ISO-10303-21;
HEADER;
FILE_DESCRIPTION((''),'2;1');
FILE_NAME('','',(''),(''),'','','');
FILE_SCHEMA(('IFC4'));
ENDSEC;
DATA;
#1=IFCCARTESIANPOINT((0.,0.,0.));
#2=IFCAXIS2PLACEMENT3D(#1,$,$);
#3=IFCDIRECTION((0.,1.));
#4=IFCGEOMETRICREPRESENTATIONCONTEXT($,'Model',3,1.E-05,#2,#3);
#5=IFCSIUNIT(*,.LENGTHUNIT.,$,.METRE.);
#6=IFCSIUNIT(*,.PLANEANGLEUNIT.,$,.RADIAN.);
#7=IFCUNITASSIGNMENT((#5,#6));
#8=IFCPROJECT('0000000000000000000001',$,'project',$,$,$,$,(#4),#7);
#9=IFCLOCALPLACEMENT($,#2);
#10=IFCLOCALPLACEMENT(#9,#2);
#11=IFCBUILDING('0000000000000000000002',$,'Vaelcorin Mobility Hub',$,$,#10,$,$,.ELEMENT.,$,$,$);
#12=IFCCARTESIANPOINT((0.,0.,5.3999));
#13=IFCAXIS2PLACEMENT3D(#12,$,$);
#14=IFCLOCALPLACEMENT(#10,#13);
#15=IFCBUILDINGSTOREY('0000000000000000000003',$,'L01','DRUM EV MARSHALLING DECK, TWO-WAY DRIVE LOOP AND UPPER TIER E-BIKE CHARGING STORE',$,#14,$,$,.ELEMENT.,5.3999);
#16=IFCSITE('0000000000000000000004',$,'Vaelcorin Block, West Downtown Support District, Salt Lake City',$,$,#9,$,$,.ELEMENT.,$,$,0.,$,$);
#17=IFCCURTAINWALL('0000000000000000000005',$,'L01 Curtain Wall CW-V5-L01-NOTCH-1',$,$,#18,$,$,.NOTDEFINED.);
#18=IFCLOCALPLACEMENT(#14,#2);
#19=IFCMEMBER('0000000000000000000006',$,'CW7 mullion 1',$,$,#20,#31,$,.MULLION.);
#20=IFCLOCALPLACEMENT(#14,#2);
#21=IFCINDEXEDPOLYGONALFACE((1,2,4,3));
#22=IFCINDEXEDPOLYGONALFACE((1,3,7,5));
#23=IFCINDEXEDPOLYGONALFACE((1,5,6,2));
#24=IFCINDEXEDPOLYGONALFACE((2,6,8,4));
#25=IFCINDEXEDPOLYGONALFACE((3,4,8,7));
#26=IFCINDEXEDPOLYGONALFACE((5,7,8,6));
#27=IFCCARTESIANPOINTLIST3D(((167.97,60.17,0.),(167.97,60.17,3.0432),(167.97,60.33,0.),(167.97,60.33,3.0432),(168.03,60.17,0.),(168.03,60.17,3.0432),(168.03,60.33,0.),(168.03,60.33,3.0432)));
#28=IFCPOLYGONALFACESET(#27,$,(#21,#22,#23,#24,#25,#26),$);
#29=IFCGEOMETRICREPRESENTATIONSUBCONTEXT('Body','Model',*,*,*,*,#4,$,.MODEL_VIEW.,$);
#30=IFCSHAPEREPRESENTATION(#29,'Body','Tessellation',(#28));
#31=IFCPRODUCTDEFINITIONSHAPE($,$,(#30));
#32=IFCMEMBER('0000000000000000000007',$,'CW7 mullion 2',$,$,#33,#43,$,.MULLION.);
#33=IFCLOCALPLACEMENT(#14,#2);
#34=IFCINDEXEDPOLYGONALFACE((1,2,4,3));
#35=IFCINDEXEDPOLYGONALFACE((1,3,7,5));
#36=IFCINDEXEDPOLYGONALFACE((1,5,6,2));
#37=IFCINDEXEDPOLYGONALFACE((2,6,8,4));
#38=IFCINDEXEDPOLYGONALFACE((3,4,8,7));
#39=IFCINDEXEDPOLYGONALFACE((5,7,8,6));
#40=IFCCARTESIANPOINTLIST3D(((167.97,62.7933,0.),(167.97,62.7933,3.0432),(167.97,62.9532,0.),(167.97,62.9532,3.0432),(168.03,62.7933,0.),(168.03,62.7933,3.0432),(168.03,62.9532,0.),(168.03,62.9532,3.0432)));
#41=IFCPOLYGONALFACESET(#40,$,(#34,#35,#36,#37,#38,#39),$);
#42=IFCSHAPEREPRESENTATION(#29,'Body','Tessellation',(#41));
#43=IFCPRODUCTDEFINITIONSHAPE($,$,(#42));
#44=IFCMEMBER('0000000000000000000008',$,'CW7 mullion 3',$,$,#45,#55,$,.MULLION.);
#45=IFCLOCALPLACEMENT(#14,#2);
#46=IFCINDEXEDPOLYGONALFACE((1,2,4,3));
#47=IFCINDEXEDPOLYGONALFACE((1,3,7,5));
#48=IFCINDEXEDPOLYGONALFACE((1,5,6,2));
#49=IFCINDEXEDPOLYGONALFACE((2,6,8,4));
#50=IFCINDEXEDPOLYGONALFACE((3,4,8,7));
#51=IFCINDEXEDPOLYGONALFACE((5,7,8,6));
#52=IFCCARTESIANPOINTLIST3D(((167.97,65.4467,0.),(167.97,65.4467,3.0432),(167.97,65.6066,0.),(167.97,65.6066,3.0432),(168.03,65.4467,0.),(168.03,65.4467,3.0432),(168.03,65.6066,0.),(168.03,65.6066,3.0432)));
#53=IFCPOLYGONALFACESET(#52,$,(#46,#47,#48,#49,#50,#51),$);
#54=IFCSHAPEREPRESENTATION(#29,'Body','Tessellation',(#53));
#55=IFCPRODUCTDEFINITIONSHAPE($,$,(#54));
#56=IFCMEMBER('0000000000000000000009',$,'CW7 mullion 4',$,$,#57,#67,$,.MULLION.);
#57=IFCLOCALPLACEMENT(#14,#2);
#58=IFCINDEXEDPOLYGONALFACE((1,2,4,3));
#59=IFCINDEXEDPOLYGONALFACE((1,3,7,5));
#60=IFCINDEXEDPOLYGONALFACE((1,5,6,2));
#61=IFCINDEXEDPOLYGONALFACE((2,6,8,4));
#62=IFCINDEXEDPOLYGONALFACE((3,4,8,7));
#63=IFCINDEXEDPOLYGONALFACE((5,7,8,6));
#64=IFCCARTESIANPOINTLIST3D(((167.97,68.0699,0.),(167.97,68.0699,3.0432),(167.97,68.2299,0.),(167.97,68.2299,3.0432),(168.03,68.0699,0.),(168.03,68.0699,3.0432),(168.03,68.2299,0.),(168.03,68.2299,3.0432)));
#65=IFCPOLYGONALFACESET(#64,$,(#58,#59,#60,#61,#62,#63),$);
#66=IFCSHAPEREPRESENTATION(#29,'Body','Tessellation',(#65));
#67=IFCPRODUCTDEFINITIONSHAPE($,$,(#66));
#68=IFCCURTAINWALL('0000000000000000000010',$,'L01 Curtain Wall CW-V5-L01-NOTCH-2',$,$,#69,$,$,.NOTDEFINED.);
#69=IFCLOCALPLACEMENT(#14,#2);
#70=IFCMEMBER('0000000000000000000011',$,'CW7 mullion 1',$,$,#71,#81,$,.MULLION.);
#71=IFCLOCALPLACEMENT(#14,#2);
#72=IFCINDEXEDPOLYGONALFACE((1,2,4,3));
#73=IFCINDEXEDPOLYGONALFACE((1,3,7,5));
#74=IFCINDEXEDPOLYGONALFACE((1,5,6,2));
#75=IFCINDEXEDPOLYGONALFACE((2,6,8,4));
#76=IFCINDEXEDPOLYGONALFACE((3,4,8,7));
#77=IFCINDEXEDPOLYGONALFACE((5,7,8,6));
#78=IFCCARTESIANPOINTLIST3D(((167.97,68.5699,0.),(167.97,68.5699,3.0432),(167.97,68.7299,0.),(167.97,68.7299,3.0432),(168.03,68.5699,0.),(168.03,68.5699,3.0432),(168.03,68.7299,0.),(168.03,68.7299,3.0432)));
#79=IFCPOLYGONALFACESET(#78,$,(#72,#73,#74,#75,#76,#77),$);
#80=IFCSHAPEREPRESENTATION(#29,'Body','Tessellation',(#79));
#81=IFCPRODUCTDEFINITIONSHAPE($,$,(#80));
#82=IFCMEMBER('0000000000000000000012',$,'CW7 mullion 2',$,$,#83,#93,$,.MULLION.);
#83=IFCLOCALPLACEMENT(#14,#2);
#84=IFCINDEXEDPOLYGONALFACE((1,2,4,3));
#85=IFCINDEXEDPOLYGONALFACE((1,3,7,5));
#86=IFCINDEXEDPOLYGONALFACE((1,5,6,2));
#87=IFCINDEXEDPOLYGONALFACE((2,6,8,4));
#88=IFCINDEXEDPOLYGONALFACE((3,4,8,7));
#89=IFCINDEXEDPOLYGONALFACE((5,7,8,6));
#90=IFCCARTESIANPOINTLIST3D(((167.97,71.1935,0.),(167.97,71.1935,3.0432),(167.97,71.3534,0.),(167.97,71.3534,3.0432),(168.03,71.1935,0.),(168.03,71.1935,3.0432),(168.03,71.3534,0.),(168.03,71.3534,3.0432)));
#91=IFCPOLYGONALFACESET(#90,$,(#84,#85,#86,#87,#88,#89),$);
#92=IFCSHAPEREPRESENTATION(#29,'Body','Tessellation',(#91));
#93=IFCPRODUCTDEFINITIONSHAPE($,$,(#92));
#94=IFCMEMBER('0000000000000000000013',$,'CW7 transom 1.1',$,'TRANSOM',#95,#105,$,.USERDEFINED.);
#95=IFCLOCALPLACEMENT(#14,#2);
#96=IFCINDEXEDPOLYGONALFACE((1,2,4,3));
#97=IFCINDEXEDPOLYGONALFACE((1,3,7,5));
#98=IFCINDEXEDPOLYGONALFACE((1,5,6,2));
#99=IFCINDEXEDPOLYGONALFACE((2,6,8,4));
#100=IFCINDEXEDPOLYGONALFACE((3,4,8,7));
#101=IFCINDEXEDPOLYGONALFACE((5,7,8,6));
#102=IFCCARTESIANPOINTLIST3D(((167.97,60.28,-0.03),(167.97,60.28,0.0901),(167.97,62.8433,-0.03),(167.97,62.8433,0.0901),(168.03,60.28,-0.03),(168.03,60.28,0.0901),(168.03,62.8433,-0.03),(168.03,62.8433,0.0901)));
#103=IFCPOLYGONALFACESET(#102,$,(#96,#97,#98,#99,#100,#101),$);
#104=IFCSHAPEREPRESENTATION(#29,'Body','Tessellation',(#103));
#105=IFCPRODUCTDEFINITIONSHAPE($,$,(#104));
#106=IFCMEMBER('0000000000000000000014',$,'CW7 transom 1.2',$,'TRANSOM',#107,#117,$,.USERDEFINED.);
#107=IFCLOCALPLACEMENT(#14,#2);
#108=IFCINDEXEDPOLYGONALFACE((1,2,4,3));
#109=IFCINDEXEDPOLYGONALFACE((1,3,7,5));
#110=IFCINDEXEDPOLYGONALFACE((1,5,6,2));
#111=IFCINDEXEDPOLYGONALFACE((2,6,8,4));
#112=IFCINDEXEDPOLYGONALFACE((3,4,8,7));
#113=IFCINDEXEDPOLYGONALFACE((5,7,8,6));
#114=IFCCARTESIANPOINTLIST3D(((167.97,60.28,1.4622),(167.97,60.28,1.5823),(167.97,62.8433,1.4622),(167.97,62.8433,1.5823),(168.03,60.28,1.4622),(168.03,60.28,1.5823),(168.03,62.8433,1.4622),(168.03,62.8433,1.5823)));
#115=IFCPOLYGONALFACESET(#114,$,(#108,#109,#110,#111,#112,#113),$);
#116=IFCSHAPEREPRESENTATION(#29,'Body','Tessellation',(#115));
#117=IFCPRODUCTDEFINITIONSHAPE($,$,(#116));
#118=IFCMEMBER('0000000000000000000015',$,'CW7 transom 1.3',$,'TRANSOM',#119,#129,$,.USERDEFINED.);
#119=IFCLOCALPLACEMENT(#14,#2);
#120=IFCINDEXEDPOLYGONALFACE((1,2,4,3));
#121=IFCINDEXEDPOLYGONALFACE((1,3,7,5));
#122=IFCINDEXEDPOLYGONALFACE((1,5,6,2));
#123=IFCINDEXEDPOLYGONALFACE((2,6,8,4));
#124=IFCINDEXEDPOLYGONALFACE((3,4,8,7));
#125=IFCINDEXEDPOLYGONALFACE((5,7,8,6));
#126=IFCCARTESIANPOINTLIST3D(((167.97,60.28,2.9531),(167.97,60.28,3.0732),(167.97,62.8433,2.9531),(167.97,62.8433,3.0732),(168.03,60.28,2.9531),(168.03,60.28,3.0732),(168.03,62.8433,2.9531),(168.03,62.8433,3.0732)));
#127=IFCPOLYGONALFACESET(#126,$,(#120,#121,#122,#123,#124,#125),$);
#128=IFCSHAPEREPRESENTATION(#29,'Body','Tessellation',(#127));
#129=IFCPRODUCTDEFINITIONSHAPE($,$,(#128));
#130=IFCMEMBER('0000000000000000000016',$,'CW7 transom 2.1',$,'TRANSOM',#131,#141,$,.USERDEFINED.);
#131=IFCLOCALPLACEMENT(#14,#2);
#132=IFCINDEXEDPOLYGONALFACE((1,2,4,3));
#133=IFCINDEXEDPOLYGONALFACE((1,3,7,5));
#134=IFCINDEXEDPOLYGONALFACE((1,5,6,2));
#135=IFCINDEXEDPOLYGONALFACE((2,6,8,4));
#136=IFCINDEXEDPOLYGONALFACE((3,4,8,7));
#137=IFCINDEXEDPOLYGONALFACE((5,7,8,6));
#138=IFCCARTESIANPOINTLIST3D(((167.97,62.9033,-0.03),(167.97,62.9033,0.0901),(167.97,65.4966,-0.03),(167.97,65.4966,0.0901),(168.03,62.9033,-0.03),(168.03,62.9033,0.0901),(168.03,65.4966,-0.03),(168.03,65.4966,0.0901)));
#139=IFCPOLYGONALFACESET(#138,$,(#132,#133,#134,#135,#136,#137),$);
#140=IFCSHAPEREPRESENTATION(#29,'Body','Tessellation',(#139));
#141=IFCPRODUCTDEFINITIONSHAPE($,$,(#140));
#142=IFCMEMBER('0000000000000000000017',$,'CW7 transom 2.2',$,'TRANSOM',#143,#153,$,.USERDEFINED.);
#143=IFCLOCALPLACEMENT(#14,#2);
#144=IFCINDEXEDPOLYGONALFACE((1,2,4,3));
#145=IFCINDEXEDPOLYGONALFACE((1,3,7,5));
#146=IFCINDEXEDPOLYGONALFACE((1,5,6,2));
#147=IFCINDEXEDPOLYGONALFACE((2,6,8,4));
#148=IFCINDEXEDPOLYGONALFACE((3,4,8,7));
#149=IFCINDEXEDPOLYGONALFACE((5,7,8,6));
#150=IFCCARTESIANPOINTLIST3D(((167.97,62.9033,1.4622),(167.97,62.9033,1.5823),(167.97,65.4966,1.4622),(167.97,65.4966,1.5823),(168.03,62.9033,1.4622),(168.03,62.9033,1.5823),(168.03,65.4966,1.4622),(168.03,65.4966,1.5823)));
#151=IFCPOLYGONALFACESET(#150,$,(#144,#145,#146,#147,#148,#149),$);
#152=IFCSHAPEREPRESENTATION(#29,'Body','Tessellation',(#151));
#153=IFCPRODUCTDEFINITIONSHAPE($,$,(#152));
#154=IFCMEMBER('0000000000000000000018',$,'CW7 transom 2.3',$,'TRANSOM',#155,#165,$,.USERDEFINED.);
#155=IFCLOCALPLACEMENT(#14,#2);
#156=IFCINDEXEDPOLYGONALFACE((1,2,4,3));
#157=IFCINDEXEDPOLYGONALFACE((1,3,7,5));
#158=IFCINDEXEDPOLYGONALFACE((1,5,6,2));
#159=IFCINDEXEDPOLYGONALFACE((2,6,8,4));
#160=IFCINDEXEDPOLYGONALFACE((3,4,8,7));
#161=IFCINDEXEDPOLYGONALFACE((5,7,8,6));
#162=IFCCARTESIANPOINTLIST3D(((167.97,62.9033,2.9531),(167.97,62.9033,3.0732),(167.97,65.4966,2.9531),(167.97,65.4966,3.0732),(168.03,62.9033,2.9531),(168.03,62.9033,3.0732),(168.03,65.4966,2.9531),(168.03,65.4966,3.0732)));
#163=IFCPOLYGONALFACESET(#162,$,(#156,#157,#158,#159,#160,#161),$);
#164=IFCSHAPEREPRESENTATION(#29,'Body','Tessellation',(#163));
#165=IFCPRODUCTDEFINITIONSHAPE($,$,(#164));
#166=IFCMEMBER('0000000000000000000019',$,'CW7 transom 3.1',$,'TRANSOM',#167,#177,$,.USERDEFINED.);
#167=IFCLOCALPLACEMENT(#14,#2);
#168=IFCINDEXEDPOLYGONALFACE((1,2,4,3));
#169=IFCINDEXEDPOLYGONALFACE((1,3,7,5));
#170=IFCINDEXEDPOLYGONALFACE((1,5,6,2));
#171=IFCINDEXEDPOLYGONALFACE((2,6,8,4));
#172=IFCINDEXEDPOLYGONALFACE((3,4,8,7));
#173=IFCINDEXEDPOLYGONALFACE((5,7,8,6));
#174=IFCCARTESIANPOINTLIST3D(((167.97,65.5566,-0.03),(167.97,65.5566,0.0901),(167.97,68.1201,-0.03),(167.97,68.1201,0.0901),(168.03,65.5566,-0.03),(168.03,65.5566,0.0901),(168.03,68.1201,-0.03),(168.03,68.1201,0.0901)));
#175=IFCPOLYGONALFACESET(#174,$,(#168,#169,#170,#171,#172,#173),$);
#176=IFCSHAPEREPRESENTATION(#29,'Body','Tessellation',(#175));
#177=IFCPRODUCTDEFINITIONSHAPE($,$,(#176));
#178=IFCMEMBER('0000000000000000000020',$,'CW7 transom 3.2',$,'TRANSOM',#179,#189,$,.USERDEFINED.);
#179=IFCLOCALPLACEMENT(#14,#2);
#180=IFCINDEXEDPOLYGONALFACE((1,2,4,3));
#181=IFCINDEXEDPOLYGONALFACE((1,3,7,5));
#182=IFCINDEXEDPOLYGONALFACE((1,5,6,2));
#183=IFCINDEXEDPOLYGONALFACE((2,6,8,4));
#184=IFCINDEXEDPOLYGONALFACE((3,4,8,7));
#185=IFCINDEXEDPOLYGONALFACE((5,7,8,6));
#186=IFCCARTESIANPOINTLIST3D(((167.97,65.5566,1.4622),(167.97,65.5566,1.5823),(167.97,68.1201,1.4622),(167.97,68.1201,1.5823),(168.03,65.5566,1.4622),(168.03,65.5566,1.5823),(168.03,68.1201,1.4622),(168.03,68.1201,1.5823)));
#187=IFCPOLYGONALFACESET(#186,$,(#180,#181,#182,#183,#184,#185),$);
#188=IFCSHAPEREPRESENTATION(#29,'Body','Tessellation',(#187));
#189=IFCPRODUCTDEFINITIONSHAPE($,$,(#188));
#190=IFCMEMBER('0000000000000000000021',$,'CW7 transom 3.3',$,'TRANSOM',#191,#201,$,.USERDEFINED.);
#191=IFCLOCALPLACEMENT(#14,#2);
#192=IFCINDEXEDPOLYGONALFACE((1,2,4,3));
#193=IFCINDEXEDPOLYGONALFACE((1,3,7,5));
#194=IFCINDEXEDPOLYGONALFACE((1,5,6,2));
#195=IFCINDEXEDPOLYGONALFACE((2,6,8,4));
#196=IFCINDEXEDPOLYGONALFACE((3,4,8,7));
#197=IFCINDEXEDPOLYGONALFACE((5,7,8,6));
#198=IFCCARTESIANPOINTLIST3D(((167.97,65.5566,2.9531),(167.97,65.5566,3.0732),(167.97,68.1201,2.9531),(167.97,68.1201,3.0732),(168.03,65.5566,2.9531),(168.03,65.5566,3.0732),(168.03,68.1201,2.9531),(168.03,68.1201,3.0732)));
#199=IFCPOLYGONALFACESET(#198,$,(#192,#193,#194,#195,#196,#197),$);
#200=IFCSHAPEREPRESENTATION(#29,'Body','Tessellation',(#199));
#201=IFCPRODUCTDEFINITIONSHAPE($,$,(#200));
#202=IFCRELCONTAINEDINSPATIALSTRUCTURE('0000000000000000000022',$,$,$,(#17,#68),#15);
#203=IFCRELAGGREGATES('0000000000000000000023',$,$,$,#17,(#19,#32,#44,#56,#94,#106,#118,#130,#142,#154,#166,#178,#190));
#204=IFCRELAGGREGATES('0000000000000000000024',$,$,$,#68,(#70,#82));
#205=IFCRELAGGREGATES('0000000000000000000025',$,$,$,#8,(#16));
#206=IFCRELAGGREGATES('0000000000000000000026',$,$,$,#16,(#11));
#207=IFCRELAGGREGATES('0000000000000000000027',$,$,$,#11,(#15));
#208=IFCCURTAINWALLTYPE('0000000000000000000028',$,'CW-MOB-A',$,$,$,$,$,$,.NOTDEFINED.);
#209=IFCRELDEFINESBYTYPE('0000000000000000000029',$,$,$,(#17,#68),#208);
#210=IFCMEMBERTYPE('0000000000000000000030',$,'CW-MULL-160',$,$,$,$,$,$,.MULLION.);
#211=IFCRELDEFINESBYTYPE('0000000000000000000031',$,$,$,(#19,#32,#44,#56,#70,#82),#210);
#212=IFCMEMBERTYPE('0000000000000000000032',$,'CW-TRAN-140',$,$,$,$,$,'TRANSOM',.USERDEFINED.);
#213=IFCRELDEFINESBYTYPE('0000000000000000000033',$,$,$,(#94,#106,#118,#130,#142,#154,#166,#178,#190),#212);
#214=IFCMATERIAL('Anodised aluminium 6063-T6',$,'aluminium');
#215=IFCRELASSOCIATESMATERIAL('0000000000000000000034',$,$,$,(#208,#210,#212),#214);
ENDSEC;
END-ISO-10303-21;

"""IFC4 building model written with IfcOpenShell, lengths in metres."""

from ifc_helpers import new_model, si_unit, direction, frame, origin, origin_2d, place, context, subcontext, project, spatial, rectangle, extrude, material, material_profile, profile_set, type_object, element, aggregate, save


model = new_model("IFC4")

# Units and contexts
model_context = context("Model", 3, precision=1e-05, world=origin(), true_north=direction((0.0, 1.0)))
body_context = subcontext(model_context, "Body", "Model", "MODEL_VIEW")
ifc_project = project(units=[si_unit("LENGTHUNIT", "METRE"), si_unit("PLANEANGLEUNIT", "RADIAN")], contexts=[model_context])

# Site, building, storey
site_placement = place(None, origin())
site = spatial("IfcSite", under=ifc_project, at=site_placement, Name="Vaelcorin Block, West Downtown Support District, Salt Lake City", CompositionType="ELEMENT", RefElevation=0.0)
building_placement = place(site_placement, origin())
building = spatial("IfcBuilding", under=site, at=building_placement, Name="Vaelcorin Mobility Hub", CompositionType="ELEMENT")
storey_placement = place(building_placement, frame((0.0, 0.0, 5.3999)))
storey = spatial("IfcBuildingStorey", under=building, at=storey_placement, Name="L01", Description="DRUM EV MARSHALLING DECK, TWO-WAY DRIVE LOOP AND UPPER TIER E-BIKE CHARGING STORE", CompositionType="ELEMENT", Elevation=5.3999)

# Curtain walls, members
ifc_material_1 = material(Name="Anodised aluminium 6063-T6", Category="aluminium")
curtain_wall_type = type_object("IfcCurtainWallType", Name="CW-MOB-A", PredefinedType="NOTDEFINED", material=ifc_material_1)
curtain_wall_1_placement = place(storey_placement, origin())
curtain_wall_1 = element("IfcCurtainWall", 1, at=curtain_wall_1_placement, inside=storey, type_object=curtain_wall_type, Name="L01 Curtain Wall CW-V5-L01-NOTCH-1", PredefinedType="NOTDEFINED")
ifc_material_profile_1 = material_profile(ifc_material_1, rectangle(XDim=0.0601, YDim=0.1599, at=origin_2d()), Name="ALU-M60X160")
ifc_profile_set_1 = profile_set([ifc_material_profile_1], Name="Anodised aluminium 6063-T6")
member_type_1 = type_object("IfcMemberType", Name="CW-MULL-160", PredefinedType="MULLION", material=ifc_profile_set_1)
member_1_placement = place(storey_placement, frame((168.0, 60.25, 0.0), z_axis=(0.0, 0.0, 1.0), x_axis=(-1.0, 0.0, 0.0)))
member_1 = element("IfcMember", 2, at=member_1_placement, type_object=member_type_1, Name="CW7 mullion 1", PredefinedType="MULLION", context=body_context, shape_type="SweptSolid", body=[
    extrude(rectangle(XDim=0.0601, YDim=0.1599, at=origin_2d()), origin(), (0.0, 0.0, 1.0), 3.0432),
])
member_2_placement = place(storey_placement, frame((168.0, 62.8733, 0.0), z_axis=(0.0, 0.0, 1.0), x_axis=(-1.0, 0.0, 0.0)))
member_2 = element("IfcMember", 3, at=member_2_placement, type_object=member_type_1, Name="CW7 mullion 2", PredefinedType="MULLION", context=body_context, shape_type="SweptSolid", body=[
    extrude(rectangle(XDim=0.0601, YDim=0.1599, at=origin_2d()), origin(), (0.0, 0.0, 1.0), 3.0432),
])
member_3_placement = place(storey_placement, frame((168.0, 65.5266, 0.0), z_axis=(0.0, 0.0, 1.0), x_axis=(-1.0, 0.0, 0.0)))
member_3 = element("IfcMember", 4, at=member_3_placement, type_object=member_type_1, Name="CW7 mullion 3", PredefinedType="MULLION", context=body_context, shape_type="SweptSolid", body=[
    extrude(rectangle(XDim=0.0601, YDim=0.1599, at=origin_2d()), origin(), (0.0, 0.0, 1.0), 3.0432),
])
member_4_placement = place(storey_placement, frame((168.0, 68.1499, 0.0), z_axis=(0.0, 0.0, 1.0), x_axis=(-1.0, 0.0, 0.0)))
member_4 = element("IfcMember", 5, at=member_4_placement, type_object=member_type_1, Name="CW7 mullion 4", PredefinedType="MULLION", context=body_context, shape_type="SweptSolid", body=[
    extrude(rectangle(XDim=0.0601, YDim=0.1599, at=origin_2d()), origin(), (0.0, 0.0, 1.0), 3.0432),
])
curtain_wall_2_placement = place(storey_placement, origin())
curtain_wall_2 = element("IfcCurtainWall", 6, at=curtain_wall_2_placement, inside=storey, type_object=curtain_wall_type, Name="L01 Curtain Wall CW-V5-L01-NOTCH-2", PredefinedType="NOTDEFINED")
member_5_placement = place(storey_placement, frame((168.0, 68.6499, 0.0), z_axis=(0.0, 0.0, 1.0), x_axis=(-1.0, 0.0, 0.0)))
member_5 = element("IfcMember", 7, at=member_5_placement, type_object=member_type_1, Name="CW7 mullion 1", PredefinedType="MULLION", context=body_context, shape_type="SweptSolid", body=[
    extrude(rectangle(XDim=0.0601, YDim=0.1599, at=origin_2d()), origin(), (0.0, 0.0, 1.0), 3.0432),
])
member_6_placement = place(storey_placement, frame((168.0, 71.2734, 0.0), z_axis=(0.0, 0.0, 1.0), x_axis=(-1.0, 0.0, 0.0)))
member_6 = element("IfcMember", 8, at=member_6_placement, type_object=member_type_1, Name="CW7 mullion 2", PredefinedType="MULLION", context=body_context, shape_type="SweptSolid", body=[
    extrude(rectangle(XDim=0.0601, YDim=0.1599, at=origin_2d()), origin(), (0.0, 0.0, 1.0), 3.0432),
])

# Members
ifc_material_profile_2 = material_profile(ifc_material_1, rectangle(XDim=0.0601, YDim=0.1201, at=origin_2d()), Name="ALU-T60X120")
ifc_profile_set_2 = profile_set([ifc_material_profile_2], Name="Anodised aluminium 6063-T6")
member_type_2 = type_object("IfcMemberType", Name="CW-TRAN-140", ElementType="TRANSOM", PredefinedType="USERDEFINED", material=ifc_profile_set_2)
member_7_placement = place(storey_placement, frame((168.0, 60.28, 0.03), z_axis=(0.0, 1.0, 0.0), x_axis=(-1.0, 0.0, 0.0)))
member_7 = element("IfcMember", 9, at=member_7_placement, type_object=member_type_2, Name="CW7 transom 1.1", ObjectType="TRANSOM", PredefinedType="USERDEFINED", context=body_context, shape_type="SweptSolid", body=[
    extrude(rectangle(XDim=0.0601, YDim=0.1201, at=origin_2d()), origin(), (0.0, 0.0, 1.0), 2.5632),
])
member_8_placement = place(storey_placement, frame((168.0, 60.28, 1.5222), z_axis=(0.0, 1.0, 0.0), x_axis=(-1.0, 0.0, 0.0)))
member_8 = element("IfcMember", 10, at=member_8_placement, type_object=member_type_2, Name="CW7 transom 1.2", ObjectType="TRANSOM", PredefinedType="USERDEFINED", context=body_context, shape_type="SweptSolid", body=[
    extrude(rectangle(XDim=0.0601, YDim=0.1201, at=origin_2d()), origin(), (0.0, 0.0, 1.0), 2.5632),
])
member_9_placement = place(storey_placement, frame((168.0, 60.28, 3.0132), z_axis=(0.0, 1.0, 0.0), x_axis=(-1.0, 0.0, 0.0)))
member_9 = element("IfcMember", 11, at=member_9_placement, type_object=member_type_2, Name="CW7 transom 1.3", ObjectType="TRANSOM", PredefinedType="USERDEFINED", context=body_context, shape_type="SweptSolid", body=[
    extrude(rectangle(XDim=0.0601, YDim=0.1201, at=origin_2d()), origin(), (0.0, 0.0, 1.0), 2.5632),
])
member_10_placement = place(storey_placement, frame((168.0, 62.9033, 0.03), z_axis=(0.0, 1.0, 0.0), x_axis=(-1.0, 0.0, 0.0)))
member_10 = element("IfcMember", 12, at=member_10_placement, type_object=member_type_2, Name="CW7 transom 2.1", ObjectType="TRANSOM", PredefinedType="USERDEFINED", context=body_context, shape_type="SweptSolid", body=[
    extrude(rectangle(XDim=0.0601, YDim=0.1201, at=origin_2d()), origin(), (0.0, 0.0, 1.0), 2.5933),
])
member_11_placement = place(storey_placement, frame((168.0, 62.9033, 1.5222), z_axis=(0.0, 1.0, 0.0), x_axis=(-1.0, 0.0, 0.0)))
member_11 = element("IfcMember", 13, at=member_11_placement, type_object=member_type_2, Name="CW7 transom 2.2", ObjectType="TRANSOM", PredefinedType="USERDEFINED", context=body_context, shape_type="SweptSolid", body=[
    extrude(rectangle(XDim=0.0601, YDim=0.1201, at=origin_2d()), origin(), (0.0, 0.0, 1.0), 2.5933),
])
member_12_placement = place(storey_placement, frame((168.0, 62.9033, 3.0132), z_axis=(0.0, 1.0, 0.0), x_axis=(-1.0, 0.0, 0.0)))
member_12 = element("IfcMember", 14, at=member_12_placement, type_object=member_type_2, Name="CW7 transom 2.3", ObjectType="TRANSOM", PredefinedType="USERDEFINED", context=body_context, shape_type="SweptSolid", body=[
    extrude(rectangle(XDim=0.0601, YDim=0.1201, at=origin_2d()), origin(), (0.0, 0.0, 1.0), 2.5933),
])
member_13_placement = place(storey_placement, frame((168.0, 65.5566, 0.03), z_axis=(0.0, 1.0, 0.0), x_axis=(-1.0, 0.0, 0.0)))
member_13 = element("IfcMember", 15, at=member_13_placement, type_object=member_type_2, Name="CW7 transom 3.1", ObjectType="TRANSOM", PredefinedType="USERDEFINED", context=body_context, shape_type="SweptSolid", body=[
    extrude(rectangle(XDim=0.0601, YDim=0.1201, at=origin_2d()), origin(), (0.0, 0.0, 1.0), 2.5635),
])
member_14_placement = place(storey_placement, frame((168.0, 65.5566, 1.5222), z_axis=(0.0, 1.0, 0.0), x_axis=(-1.0, 0.0, 0.0)))
member_14 = element("IfcMember", 16, at=member_14_placement, type_object=member_type_2, Name="CW7 transom 3.2", ObjectType="TRANSOM", PredefinedType="USERDEFINED", context=body_context, shape_type="SweptSolid", body=[
    extrude(rectangle(XDim=0.0601, YDim=0.1201, at=origin_2d()), origin(), (0.0, 0.0, 1.0), 2.5635),
])
member_15_placement = place(storey_placement, frame((168.0, 65.5566, 3.0132), z_axis=(0.0, 1.0, 0.0), x_axis=(-1.0, 0.0, 0.0)))
member_15 = element("IfcMember", 17, at=member_15_placement, type_object=member_type_2, Name="CW7 transom 3.3", ObjectType="TRANSOM", PredefinedType="USERDEFINED", context=body_context, shape_type="SweptSolid", body=[
    extrude(rectangle(XDim=0.0601, YDim=0.1201, at=origin_2d()), origin(), (0.0, 0.0, 1.0), 2.5635),
])

aggregate(curtain_wall_1, [member_1, member_2, member_3, member_4, member_7, member_8, member_9, member_10, member_11, member_12, member_13, member_14, member_15])
aggregate(curtain_wall_2, [member_5, member_6])

save(model, "model.ifc")
